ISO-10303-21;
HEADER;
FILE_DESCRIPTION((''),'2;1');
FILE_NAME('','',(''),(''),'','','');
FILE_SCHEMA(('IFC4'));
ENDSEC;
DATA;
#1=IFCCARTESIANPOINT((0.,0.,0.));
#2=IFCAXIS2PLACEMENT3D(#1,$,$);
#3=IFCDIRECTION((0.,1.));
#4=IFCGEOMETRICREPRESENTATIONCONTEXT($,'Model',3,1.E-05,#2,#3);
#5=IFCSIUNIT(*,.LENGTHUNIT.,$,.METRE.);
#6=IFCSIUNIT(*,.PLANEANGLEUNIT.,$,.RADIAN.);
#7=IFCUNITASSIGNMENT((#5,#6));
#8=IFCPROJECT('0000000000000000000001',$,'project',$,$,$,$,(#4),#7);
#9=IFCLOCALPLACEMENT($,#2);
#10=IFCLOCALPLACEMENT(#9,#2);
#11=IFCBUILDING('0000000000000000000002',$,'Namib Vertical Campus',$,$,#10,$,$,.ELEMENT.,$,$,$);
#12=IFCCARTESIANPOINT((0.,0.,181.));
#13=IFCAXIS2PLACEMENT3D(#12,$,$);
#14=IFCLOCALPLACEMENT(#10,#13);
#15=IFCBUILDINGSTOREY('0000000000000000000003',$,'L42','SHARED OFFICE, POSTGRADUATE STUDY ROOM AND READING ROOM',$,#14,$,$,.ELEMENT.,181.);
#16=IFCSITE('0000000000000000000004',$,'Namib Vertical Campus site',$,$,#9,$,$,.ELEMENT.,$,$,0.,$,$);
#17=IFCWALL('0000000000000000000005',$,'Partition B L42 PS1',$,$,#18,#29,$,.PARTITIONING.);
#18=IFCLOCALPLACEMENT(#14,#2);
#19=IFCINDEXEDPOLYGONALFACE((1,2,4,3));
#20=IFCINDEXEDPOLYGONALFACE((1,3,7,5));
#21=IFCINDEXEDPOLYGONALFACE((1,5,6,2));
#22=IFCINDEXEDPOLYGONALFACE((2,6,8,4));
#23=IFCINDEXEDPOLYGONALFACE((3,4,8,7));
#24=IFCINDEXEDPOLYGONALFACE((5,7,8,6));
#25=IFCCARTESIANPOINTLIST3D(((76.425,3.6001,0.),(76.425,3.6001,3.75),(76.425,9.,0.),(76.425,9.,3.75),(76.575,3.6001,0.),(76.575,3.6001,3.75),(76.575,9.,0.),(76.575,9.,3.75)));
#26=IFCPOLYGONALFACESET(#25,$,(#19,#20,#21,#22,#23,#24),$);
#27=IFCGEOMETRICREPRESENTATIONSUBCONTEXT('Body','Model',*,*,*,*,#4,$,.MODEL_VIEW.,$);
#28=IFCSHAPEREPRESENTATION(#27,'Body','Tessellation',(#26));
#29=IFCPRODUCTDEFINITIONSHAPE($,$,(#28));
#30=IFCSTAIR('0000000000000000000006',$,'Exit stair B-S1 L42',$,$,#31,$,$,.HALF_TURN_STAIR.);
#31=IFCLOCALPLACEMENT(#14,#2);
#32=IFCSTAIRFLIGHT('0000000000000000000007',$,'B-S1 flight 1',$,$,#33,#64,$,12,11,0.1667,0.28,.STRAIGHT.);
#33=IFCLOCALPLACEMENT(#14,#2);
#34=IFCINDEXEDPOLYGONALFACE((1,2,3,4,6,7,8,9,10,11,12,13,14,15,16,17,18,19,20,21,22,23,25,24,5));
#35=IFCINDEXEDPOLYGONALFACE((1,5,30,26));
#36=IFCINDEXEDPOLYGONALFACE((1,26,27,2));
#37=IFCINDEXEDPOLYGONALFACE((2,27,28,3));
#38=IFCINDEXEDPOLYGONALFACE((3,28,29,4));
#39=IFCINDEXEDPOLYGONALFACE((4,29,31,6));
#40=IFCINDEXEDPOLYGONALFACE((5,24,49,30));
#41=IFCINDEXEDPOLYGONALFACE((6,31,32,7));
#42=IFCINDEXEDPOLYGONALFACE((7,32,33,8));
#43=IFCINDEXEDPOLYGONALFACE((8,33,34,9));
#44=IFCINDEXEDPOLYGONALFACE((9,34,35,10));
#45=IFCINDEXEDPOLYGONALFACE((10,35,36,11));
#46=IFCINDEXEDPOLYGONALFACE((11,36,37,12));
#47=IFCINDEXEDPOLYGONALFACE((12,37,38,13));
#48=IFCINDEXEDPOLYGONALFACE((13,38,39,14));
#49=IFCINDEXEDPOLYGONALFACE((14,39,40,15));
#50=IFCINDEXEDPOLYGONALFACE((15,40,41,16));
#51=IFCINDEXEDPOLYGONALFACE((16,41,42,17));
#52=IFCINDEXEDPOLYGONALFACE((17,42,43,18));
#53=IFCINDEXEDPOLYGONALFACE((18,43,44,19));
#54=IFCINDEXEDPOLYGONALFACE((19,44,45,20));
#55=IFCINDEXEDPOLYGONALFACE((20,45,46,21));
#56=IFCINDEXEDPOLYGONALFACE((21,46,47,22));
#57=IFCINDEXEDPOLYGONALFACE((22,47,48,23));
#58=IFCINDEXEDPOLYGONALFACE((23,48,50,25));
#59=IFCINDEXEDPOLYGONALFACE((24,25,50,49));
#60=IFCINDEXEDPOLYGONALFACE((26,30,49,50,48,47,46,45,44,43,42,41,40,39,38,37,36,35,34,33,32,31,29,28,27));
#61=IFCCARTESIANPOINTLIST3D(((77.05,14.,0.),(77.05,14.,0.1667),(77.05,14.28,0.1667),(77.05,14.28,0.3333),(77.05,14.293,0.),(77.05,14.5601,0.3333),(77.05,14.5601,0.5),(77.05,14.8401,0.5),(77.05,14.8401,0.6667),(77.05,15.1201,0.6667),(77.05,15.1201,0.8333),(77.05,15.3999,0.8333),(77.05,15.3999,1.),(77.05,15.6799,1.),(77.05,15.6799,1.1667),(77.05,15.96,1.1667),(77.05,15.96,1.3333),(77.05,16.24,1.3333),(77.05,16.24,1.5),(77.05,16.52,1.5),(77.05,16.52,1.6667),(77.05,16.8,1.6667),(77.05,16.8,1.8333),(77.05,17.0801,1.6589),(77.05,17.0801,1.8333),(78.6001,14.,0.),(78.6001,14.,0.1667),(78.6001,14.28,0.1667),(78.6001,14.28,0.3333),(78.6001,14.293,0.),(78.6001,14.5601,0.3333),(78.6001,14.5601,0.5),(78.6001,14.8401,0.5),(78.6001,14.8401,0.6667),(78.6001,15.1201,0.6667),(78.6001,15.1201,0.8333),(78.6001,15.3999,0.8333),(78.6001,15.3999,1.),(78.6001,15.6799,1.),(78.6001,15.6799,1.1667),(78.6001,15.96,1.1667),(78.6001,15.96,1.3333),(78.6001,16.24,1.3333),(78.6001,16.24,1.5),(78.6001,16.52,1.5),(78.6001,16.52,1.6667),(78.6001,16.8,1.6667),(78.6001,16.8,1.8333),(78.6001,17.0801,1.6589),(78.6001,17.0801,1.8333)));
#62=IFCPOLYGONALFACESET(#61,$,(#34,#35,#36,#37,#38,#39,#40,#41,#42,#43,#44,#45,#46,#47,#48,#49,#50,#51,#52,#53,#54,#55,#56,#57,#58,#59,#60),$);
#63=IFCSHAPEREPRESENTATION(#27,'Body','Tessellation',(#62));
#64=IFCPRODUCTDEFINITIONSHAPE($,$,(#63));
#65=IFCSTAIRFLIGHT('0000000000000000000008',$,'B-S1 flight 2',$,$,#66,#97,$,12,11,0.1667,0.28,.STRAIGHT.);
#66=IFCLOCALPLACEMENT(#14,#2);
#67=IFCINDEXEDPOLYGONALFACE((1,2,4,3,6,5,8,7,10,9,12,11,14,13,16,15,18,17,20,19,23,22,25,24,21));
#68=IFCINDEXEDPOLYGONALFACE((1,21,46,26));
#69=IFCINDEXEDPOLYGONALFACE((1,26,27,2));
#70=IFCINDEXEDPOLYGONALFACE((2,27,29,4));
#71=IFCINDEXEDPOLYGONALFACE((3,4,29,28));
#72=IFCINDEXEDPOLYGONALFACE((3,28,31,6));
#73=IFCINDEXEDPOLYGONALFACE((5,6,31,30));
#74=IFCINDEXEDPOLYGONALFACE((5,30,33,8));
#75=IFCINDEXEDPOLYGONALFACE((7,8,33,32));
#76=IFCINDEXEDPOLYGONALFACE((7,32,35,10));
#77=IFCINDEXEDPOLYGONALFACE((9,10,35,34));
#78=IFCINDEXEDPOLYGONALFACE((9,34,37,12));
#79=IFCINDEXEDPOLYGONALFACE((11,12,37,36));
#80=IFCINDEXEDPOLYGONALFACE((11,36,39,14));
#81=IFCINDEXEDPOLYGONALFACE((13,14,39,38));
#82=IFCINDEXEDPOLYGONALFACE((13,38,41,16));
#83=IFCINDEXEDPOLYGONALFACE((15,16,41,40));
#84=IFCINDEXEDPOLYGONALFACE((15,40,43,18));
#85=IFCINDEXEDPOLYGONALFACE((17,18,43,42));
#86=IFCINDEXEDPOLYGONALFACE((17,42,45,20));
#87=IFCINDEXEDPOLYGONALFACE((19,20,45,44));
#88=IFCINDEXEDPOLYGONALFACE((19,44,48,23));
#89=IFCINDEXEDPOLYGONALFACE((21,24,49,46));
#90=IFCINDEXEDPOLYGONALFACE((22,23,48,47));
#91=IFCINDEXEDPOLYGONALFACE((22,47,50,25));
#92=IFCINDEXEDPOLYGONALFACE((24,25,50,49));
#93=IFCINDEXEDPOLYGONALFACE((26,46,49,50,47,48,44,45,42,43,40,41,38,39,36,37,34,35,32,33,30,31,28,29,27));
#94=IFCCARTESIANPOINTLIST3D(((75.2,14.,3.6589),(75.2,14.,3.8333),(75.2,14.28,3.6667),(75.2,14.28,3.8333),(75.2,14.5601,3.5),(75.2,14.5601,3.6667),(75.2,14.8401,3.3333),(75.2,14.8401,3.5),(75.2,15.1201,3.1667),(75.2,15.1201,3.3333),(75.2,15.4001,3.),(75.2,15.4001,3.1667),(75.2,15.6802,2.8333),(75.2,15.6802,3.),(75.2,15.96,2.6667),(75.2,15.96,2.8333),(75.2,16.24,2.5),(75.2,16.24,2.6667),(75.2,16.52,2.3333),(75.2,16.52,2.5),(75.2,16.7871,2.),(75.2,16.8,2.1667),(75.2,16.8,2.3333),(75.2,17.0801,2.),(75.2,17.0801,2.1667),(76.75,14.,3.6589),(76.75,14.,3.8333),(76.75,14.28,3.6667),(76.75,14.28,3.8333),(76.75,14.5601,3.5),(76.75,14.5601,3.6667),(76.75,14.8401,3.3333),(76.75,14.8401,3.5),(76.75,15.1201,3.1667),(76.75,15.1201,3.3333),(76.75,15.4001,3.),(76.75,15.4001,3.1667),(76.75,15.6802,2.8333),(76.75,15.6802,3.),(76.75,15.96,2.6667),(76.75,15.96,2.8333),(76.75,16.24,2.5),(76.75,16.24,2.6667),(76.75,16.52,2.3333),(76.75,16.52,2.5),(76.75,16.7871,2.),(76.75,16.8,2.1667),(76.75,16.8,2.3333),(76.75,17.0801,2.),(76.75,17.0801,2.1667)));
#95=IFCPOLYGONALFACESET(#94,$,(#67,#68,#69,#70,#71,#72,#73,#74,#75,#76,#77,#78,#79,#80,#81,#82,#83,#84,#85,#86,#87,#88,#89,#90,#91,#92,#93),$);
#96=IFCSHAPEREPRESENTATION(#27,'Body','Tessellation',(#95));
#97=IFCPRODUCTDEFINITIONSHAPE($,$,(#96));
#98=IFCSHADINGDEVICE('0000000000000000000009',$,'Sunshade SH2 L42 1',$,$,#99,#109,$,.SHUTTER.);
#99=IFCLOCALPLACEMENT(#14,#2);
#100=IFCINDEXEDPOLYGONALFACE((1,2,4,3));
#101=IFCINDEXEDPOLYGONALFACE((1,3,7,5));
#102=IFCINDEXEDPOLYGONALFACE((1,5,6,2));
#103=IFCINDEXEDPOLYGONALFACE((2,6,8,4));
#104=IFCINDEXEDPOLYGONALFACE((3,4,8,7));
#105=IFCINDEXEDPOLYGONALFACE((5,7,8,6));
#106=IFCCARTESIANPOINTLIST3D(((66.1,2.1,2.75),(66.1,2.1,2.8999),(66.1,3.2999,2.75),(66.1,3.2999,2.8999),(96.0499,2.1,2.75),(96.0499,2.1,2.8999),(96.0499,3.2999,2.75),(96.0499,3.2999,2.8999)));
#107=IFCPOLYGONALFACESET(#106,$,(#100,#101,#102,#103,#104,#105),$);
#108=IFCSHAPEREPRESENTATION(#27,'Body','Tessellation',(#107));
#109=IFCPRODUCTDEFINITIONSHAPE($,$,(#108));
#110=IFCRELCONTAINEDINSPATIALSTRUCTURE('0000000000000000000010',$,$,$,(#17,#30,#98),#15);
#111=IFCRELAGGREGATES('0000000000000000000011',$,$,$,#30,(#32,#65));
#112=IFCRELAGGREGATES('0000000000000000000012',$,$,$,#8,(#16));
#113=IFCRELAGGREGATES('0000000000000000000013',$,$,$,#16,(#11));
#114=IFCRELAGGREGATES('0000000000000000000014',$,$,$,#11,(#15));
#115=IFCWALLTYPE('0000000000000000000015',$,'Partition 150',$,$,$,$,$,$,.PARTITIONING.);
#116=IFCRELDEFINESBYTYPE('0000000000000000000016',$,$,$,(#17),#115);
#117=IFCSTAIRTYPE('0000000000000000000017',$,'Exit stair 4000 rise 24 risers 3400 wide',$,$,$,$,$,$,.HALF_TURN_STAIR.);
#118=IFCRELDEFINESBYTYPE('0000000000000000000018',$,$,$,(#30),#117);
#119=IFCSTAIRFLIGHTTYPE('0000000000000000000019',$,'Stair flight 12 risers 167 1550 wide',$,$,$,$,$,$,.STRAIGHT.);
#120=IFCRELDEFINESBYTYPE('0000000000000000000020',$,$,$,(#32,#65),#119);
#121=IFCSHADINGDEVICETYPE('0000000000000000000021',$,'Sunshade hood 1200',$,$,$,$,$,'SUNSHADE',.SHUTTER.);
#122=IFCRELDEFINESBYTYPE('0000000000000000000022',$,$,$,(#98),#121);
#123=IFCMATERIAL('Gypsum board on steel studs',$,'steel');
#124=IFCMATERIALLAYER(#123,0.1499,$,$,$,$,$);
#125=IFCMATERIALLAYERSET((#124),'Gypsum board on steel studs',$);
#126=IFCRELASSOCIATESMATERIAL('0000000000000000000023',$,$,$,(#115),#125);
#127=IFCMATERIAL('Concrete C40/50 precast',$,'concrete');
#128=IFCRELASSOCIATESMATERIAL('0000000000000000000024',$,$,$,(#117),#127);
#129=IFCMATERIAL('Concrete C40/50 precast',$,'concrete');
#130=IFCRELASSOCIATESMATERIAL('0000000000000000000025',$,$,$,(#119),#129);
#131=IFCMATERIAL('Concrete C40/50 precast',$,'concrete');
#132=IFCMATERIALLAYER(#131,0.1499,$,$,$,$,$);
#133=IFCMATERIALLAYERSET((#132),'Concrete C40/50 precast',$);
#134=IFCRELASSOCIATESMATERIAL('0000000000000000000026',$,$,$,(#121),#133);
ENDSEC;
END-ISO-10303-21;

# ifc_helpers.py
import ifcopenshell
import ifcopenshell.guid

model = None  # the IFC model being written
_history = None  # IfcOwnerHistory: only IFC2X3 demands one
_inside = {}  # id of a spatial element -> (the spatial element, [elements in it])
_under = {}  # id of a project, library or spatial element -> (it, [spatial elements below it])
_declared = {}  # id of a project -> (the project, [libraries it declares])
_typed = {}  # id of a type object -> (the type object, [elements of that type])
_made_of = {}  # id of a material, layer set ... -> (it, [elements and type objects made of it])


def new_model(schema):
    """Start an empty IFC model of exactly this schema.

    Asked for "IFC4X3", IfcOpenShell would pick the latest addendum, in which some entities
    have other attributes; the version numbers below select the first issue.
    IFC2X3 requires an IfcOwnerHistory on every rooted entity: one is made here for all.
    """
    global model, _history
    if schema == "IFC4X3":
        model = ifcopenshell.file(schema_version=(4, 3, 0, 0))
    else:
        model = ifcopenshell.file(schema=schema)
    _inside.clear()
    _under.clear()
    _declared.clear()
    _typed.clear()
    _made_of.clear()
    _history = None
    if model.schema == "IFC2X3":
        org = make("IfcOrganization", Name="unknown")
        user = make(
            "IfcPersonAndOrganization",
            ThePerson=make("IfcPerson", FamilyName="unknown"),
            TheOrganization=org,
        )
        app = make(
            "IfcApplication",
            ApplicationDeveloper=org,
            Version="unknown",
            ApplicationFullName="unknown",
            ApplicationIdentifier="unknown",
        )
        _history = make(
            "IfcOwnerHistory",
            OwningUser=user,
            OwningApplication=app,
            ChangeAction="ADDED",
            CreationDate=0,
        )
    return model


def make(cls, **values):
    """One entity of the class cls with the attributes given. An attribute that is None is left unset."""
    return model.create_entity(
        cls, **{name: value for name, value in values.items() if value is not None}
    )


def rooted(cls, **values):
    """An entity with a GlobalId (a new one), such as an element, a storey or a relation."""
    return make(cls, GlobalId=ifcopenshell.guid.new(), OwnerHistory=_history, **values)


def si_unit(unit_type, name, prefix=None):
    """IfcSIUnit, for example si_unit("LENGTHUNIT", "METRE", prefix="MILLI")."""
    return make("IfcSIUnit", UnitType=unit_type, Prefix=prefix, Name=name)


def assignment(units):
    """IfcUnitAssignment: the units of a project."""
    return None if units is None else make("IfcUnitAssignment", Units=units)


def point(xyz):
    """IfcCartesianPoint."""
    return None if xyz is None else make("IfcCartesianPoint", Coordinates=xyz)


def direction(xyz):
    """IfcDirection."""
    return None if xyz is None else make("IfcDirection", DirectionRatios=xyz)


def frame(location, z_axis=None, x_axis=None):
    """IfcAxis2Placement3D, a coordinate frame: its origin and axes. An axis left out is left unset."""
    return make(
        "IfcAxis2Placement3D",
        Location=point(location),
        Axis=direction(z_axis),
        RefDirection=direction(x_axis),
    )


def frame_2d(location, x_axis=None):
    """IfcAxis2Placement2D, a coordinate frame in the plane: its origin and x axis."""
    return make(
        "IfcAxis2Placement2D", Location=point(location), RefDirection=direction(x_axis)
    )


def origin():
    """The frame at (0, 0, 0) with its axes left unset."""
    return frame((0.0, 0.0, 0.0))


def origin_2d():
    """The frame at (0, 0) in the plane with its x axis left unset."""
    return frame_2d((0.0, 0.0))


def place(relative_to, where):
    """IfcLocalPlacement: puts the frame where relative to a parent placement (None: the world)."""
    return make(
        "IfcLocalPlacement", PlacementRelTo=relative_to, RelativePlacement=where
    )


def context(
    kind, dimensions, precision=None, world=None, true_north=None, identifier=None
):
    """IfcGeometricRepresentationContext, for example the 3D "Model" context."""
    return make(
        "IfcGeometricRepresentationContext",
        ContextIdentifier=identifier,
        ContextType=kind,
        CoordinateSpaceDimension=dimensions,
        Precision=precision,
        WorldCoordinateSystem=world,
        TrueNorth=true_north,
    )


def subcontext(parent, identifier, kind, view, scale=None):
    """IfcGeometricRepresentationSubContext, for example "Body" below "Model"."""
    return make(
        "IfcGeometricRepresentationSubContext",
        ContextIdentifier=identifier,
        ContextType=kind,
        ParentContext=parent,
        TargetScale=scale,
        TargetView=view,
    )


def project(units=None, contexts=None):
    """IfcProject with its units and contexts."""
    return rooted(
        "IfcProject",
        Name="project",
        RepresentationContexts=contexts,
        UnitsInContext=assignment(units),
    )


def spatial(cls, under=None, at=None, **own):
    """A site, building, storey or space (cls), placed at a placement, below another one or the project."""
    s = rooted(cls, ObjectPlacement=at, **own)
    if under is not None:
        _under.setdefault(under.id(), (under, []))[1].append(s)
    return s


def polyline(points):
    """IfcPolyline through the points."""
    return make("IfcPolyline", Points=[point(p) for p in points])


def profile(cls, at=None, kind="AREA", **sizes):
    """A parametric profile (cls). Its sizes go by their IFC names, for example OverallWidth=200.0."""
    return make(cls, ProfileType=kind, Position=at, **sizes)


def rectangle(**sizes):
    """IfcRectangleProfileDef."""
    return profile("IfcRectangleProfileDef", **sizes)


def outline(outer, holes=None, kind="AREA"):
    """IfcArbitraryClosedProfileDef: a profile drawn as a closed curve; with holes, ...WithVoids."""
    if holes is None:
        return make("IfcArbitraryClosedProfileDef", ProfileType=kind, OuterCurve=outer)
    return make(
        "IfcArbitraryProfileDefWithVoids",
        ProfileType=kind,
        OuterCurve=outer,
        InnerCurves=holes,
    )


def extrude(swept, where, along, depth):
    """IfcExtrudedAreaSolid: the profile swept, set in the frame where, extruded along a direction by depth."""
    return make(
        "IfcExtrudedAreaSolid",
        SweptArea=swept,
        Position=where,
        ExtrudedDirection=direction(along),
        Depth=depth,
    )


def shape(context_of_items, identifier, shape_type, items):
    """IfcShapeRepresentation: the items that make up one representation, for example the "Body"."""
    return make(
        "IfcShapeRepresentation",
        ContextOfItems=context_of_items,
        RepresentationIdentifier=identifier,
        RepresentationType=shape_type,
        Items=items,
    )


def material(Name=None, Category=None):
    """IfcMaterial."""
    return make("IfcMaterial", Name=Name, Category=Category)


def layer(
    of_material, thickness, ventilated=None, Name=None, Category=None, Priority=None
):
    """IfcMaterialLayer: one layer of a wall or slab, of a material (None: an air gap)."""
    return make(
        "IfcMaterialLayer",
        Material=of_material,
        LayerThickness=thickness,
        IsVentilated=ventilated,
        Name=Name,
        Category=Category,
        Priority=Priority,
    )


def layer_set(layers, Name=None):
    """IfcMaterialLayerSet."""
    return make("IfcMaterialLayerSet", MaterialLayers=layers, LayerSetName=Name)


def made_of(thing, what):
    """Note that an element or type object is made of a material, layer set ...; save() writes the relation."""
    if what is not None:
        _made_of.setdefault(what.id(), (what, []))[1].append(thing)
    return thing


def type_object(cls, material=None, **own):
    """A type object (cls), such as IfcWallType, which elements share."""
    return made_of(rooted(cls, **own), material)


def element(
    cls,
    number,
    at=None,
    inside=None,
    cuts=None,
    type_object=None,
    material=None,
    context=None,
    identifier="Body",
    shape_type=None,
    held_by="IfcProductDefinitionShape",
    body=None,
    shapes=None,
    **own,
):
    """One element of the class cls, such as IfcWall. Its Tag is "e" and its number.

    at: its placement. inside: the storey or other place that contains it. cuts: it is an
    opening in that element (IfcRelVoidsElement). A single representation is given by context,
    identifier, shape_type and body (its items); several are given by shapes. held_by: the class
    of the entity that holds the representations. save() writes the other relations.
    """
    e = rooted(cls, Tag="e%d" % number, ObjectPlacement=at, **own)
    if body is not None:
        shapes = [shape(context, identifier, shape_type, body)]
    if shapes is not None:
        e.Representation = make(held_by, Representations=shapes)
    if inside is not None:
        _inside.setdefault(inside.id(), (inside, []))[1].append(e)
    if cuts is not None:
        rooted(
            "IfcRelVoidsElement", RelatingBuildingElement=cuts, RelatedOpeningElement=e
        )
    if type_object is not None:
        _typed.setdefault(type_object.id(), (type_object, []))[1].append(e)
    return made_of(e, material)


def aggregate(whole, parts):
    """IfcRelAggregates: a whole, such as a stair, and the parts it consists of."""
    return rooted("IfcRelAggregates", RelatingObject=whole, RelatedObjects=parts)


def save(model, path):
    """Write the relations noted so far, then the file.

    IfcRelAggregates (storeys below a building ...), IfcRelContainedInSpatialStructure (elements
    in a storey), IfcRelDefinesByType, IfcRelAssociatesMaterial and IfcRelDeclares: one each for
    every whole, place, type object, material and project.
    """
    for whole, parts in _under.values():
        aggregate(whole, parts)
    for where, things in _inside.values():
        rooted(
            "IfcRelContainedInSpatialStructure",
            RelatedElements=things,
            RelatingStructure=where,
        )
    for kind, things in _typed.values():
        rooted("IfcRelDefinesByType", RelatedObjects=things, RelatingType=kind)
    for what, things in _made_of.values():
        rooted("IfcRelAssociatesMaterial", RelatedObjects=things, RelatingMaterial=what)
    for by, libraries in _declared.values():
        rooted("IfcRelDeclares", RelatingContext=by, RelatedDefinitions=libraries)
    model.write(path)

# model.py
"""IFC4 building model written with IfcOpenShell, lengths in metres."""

from ifc_helpers import new_model, si_unit, direction, frame, frame_2d, origin, origin_2d, place, context, subcontext, project, spatial, polyline, rectangle, outline, extrude, material, layer, layer_set, type_object, element, aggregate, save


model = new_model("IFC4")

# Units and contexts
model_context = context("Model", 3, precision=1e-05, world=origin(), true_north=direction((0.0, 1.0)))
body_context = subcontext(model_context, "Body", "Model", "MODEL_VIEW")
ifc_project = project(units=[si_unit("LENGTHUNIT", "METRE"), si_unit("PLANEANGLEUNIT", "RADIAN")], contexts=[model_context])

# Site, building, storey
site_placement = place(None, origin())
site = spatial("IfcSite", under=ifc_project, at=site_placement, Name="Namib Vertical Campus site", CompositionType="ELEMENT", RefElevation=0.0)
building_placement = place(site_placement, origin())
building = spatial("IfcBuilding", under=site, at=building_placement, Name="Namib Vertical Campus", CompositionType="ELEMENT")
storey_placement = place(building_placement, frame((0.0, 0.0, 181.0)))
storey = spatial("IfcBuildingStorey", under=building, at=storey_placement, Name="L42", Description="SHARED OFFICE, POSTGRADUATE STUDY ROOM AND READING ROOM", CompositionType="ELEMENT", Elevation=181.0)

# Wall
ifc_material_1 = material(Name="Gypsum board on steel studs", Category="steel")
ifc_layer_1 = layer(ifc_material_1, 0.1499)
ifc_layer_set_1 = layer_set([ifc_layer_1], Name="Gypsum board on steel studs")
wall_type_1 = type_object("IfcWallType", Name="Partition 150", PredefinedType="PARTITIONING", material=ifc_layer_set_1)
wall_1_placement = place(storey_placement, frame((76.5, 3.6001, 0.0), z_axis=(0.0, 0.0, 1.0), x_axis=(0.0, 1.0, 0.0)))
element("IfcWall", 1, at=wall_1_placement, inside=storey, type_object=wall_type_1, Name="Partition B L42 PS1", PredefinedType="PARTITIONING", context=body_context, shape_type="SweptSolid", body=[
    extrude(rectangle(XDim=5.3999, YDim=0.1499, at=frame_2d((2.7, 0.0))), origin(), (0.0, 0.0, 1.0), 3.75),
])

# Stair, stair flights
ifc_material_2 = material(Name="Concrete C40/50 precast", Category="concrete")
stair_type = type_object("IfcStairType", Name="Exit stair 4000 rise 24 risers 3400 wide", PredefinedType="HALF_TURN_STAIR", material=ifc_material_2)
stair_placement = place(storey_placement, origin())
stair = element("IfcStair", 2, at=stair_placement, inside=storey, type_object=stair_type, Name="Exit stair B-S1 L42", PredefinedType="HALF_TURN_STAIR")
ifc_material_3 = material(Name="Concrete C40/50 precast", Category="concrete")
stair_flight_type = type_object("IfcStairFlightType", Name="Stair flight 12 risers 167 1550 wide", PredefinedType="STRAIGHT", material=ifc_material_3)
stair_flight_1_placement = place(storey_placement, frame((77.825, 14.0, 0.0), z_axis=(0.0, 0.0, 1.0), x_axis=(0.0, 1.0, 0.0)))
stair_flight_1 = element("IfcStairFlight", 3, at=stair_flight_1_placement, type_object=stair_flight_type, Name="B-S1 flight 1", NumberOfRisers=12, NumberOfTreads=11, PredefinedType="STRAIGHT", RiserHeight=0.1667, TreadLength=0.28, context=body_context, shape_type="SweptSolid", body=[
    extrude(outline(polyline([(0.0, 0.0), (0.0, 0.1667), (0.28, 0.1667), (0.28, 0.3333), (0.5601, 0.3333), (0.5601, 0.5), (0.8401, 0.5), (0.8401, 0.6667), (1.1201, 0.6667), (1.1201, 0.8333), (1.3999, 0.8333), (1.3999, 1.0), (1.6799, 1.0), (1.6799, 1.1667), (1.96, 1.1667), (1.96, 1.3333), (2.24, 1.3333), (2.24, 1.5), (2.52, 1.5), (2.52, 1.6667), (2.8, 1.6667), (2.8, 1.8333), (3.0801, 1.8333), (3.0801, 2.0), (3.0801, 1.6589), (0.293, 0.0), (0.0, 0.0)])), frame((0.0, 0.7749, 0.0), z_axis=(0.0, -1.0, 0.0), x_axis=(1.0, 0.0, 0.0)), (0.0, 0.0, 1.0), 1.55),
])
stair_flight_2_placement = place(storey_placement, frame((75.9751, 17.0801, 2.0), z_axis=(0.0, 0.0, 1.0), x_axis=(0.0, -1.0, 0.0)))
stair_flight_2 = element("IfcStairFlight", 4, at=stair_flight_2_placement, type_object=stair_flight_type, Name="B-S1 flight 2", NumberOfRisers=12, NumberOfTreads=11, PredefinedType="STRAIGHT", RiserHeight=0.1667, TreadLength=0.28, context=body_context, shape_type="SweptSolid", body=[
    extrude(outline(polyline([(0.0, 0.0), (0.0, 0.1667), (0.28, 0.1667), (0.28, 0.3333), (0.5601, 0.3333), (0.5601, 0.5), (0.8401, 0.5), (0.8401, 0.6667), (1.1201, 0.6667), (1.1201, 0.8333), (1.3999, 0.8333), (1.3999, 1.0), (1.6799, 1.0), (1.6799, 1.1667), (1.96, 1.1667), (1.96, 1.3333), (2.24, 1.3333), (2.24, 1.5), (2.52, 1.5), (2.52, 1.6667), (2.8, 1.6667), (2.8, 1.8333), (3.0801, 1.8333), (3.0801, 2.0), (3.0801, 1.6589), (0.293, 0.0), (0.0, 0.0)])), frame((0.0, 0.7749, 0.0), z_axis=(0.0, -1.0, 0.0), x_axis=(1.0, 0.0, 0.0)), (0.0, 0.0, 1.0), 1.55),
])
aggregate(stair, [stair_flight_1, stair_flight_2])

# Shading device
ifc_material_4 = material(Name="Concrete C40/50 precast", Category="concrete")
ifc_layer_2 = layer(ifc_material_4, 0.1499)
ifc_layer_set_2 = layer_set([ifc_layer_2], Name="Concrete C40/50 precast")
shading_device_type = type_object("IfcShadingDeviceType", Name="Sunshade hood 1200", ElementType="SUNSHADE", PredefinedType="SHUTTER", material=ifc_layer_set_2)
shading_device_placement = place(storey_placement, frame((81.075, 2.7, 2.75), z_axis=(0.0, 0.0, 1.0), x_axis=(1.0, 0.0, 0.0)))
element("IfcShadingDevice", 5, at=shading_device_placement, inside=storey, type_object=shading_device_type, Name="Sunshade SH2 L42 1", PredefinedType="SHUTTER", context=body_context, shape_type="SweptSolid", body=[
    extrude(rectangle(XDim=29.95, YDim=1.2, at=origin_2d()), origin(), (0.0, 0.0, 1.0), 0.1499),
])

save(model, "model.ifc")
